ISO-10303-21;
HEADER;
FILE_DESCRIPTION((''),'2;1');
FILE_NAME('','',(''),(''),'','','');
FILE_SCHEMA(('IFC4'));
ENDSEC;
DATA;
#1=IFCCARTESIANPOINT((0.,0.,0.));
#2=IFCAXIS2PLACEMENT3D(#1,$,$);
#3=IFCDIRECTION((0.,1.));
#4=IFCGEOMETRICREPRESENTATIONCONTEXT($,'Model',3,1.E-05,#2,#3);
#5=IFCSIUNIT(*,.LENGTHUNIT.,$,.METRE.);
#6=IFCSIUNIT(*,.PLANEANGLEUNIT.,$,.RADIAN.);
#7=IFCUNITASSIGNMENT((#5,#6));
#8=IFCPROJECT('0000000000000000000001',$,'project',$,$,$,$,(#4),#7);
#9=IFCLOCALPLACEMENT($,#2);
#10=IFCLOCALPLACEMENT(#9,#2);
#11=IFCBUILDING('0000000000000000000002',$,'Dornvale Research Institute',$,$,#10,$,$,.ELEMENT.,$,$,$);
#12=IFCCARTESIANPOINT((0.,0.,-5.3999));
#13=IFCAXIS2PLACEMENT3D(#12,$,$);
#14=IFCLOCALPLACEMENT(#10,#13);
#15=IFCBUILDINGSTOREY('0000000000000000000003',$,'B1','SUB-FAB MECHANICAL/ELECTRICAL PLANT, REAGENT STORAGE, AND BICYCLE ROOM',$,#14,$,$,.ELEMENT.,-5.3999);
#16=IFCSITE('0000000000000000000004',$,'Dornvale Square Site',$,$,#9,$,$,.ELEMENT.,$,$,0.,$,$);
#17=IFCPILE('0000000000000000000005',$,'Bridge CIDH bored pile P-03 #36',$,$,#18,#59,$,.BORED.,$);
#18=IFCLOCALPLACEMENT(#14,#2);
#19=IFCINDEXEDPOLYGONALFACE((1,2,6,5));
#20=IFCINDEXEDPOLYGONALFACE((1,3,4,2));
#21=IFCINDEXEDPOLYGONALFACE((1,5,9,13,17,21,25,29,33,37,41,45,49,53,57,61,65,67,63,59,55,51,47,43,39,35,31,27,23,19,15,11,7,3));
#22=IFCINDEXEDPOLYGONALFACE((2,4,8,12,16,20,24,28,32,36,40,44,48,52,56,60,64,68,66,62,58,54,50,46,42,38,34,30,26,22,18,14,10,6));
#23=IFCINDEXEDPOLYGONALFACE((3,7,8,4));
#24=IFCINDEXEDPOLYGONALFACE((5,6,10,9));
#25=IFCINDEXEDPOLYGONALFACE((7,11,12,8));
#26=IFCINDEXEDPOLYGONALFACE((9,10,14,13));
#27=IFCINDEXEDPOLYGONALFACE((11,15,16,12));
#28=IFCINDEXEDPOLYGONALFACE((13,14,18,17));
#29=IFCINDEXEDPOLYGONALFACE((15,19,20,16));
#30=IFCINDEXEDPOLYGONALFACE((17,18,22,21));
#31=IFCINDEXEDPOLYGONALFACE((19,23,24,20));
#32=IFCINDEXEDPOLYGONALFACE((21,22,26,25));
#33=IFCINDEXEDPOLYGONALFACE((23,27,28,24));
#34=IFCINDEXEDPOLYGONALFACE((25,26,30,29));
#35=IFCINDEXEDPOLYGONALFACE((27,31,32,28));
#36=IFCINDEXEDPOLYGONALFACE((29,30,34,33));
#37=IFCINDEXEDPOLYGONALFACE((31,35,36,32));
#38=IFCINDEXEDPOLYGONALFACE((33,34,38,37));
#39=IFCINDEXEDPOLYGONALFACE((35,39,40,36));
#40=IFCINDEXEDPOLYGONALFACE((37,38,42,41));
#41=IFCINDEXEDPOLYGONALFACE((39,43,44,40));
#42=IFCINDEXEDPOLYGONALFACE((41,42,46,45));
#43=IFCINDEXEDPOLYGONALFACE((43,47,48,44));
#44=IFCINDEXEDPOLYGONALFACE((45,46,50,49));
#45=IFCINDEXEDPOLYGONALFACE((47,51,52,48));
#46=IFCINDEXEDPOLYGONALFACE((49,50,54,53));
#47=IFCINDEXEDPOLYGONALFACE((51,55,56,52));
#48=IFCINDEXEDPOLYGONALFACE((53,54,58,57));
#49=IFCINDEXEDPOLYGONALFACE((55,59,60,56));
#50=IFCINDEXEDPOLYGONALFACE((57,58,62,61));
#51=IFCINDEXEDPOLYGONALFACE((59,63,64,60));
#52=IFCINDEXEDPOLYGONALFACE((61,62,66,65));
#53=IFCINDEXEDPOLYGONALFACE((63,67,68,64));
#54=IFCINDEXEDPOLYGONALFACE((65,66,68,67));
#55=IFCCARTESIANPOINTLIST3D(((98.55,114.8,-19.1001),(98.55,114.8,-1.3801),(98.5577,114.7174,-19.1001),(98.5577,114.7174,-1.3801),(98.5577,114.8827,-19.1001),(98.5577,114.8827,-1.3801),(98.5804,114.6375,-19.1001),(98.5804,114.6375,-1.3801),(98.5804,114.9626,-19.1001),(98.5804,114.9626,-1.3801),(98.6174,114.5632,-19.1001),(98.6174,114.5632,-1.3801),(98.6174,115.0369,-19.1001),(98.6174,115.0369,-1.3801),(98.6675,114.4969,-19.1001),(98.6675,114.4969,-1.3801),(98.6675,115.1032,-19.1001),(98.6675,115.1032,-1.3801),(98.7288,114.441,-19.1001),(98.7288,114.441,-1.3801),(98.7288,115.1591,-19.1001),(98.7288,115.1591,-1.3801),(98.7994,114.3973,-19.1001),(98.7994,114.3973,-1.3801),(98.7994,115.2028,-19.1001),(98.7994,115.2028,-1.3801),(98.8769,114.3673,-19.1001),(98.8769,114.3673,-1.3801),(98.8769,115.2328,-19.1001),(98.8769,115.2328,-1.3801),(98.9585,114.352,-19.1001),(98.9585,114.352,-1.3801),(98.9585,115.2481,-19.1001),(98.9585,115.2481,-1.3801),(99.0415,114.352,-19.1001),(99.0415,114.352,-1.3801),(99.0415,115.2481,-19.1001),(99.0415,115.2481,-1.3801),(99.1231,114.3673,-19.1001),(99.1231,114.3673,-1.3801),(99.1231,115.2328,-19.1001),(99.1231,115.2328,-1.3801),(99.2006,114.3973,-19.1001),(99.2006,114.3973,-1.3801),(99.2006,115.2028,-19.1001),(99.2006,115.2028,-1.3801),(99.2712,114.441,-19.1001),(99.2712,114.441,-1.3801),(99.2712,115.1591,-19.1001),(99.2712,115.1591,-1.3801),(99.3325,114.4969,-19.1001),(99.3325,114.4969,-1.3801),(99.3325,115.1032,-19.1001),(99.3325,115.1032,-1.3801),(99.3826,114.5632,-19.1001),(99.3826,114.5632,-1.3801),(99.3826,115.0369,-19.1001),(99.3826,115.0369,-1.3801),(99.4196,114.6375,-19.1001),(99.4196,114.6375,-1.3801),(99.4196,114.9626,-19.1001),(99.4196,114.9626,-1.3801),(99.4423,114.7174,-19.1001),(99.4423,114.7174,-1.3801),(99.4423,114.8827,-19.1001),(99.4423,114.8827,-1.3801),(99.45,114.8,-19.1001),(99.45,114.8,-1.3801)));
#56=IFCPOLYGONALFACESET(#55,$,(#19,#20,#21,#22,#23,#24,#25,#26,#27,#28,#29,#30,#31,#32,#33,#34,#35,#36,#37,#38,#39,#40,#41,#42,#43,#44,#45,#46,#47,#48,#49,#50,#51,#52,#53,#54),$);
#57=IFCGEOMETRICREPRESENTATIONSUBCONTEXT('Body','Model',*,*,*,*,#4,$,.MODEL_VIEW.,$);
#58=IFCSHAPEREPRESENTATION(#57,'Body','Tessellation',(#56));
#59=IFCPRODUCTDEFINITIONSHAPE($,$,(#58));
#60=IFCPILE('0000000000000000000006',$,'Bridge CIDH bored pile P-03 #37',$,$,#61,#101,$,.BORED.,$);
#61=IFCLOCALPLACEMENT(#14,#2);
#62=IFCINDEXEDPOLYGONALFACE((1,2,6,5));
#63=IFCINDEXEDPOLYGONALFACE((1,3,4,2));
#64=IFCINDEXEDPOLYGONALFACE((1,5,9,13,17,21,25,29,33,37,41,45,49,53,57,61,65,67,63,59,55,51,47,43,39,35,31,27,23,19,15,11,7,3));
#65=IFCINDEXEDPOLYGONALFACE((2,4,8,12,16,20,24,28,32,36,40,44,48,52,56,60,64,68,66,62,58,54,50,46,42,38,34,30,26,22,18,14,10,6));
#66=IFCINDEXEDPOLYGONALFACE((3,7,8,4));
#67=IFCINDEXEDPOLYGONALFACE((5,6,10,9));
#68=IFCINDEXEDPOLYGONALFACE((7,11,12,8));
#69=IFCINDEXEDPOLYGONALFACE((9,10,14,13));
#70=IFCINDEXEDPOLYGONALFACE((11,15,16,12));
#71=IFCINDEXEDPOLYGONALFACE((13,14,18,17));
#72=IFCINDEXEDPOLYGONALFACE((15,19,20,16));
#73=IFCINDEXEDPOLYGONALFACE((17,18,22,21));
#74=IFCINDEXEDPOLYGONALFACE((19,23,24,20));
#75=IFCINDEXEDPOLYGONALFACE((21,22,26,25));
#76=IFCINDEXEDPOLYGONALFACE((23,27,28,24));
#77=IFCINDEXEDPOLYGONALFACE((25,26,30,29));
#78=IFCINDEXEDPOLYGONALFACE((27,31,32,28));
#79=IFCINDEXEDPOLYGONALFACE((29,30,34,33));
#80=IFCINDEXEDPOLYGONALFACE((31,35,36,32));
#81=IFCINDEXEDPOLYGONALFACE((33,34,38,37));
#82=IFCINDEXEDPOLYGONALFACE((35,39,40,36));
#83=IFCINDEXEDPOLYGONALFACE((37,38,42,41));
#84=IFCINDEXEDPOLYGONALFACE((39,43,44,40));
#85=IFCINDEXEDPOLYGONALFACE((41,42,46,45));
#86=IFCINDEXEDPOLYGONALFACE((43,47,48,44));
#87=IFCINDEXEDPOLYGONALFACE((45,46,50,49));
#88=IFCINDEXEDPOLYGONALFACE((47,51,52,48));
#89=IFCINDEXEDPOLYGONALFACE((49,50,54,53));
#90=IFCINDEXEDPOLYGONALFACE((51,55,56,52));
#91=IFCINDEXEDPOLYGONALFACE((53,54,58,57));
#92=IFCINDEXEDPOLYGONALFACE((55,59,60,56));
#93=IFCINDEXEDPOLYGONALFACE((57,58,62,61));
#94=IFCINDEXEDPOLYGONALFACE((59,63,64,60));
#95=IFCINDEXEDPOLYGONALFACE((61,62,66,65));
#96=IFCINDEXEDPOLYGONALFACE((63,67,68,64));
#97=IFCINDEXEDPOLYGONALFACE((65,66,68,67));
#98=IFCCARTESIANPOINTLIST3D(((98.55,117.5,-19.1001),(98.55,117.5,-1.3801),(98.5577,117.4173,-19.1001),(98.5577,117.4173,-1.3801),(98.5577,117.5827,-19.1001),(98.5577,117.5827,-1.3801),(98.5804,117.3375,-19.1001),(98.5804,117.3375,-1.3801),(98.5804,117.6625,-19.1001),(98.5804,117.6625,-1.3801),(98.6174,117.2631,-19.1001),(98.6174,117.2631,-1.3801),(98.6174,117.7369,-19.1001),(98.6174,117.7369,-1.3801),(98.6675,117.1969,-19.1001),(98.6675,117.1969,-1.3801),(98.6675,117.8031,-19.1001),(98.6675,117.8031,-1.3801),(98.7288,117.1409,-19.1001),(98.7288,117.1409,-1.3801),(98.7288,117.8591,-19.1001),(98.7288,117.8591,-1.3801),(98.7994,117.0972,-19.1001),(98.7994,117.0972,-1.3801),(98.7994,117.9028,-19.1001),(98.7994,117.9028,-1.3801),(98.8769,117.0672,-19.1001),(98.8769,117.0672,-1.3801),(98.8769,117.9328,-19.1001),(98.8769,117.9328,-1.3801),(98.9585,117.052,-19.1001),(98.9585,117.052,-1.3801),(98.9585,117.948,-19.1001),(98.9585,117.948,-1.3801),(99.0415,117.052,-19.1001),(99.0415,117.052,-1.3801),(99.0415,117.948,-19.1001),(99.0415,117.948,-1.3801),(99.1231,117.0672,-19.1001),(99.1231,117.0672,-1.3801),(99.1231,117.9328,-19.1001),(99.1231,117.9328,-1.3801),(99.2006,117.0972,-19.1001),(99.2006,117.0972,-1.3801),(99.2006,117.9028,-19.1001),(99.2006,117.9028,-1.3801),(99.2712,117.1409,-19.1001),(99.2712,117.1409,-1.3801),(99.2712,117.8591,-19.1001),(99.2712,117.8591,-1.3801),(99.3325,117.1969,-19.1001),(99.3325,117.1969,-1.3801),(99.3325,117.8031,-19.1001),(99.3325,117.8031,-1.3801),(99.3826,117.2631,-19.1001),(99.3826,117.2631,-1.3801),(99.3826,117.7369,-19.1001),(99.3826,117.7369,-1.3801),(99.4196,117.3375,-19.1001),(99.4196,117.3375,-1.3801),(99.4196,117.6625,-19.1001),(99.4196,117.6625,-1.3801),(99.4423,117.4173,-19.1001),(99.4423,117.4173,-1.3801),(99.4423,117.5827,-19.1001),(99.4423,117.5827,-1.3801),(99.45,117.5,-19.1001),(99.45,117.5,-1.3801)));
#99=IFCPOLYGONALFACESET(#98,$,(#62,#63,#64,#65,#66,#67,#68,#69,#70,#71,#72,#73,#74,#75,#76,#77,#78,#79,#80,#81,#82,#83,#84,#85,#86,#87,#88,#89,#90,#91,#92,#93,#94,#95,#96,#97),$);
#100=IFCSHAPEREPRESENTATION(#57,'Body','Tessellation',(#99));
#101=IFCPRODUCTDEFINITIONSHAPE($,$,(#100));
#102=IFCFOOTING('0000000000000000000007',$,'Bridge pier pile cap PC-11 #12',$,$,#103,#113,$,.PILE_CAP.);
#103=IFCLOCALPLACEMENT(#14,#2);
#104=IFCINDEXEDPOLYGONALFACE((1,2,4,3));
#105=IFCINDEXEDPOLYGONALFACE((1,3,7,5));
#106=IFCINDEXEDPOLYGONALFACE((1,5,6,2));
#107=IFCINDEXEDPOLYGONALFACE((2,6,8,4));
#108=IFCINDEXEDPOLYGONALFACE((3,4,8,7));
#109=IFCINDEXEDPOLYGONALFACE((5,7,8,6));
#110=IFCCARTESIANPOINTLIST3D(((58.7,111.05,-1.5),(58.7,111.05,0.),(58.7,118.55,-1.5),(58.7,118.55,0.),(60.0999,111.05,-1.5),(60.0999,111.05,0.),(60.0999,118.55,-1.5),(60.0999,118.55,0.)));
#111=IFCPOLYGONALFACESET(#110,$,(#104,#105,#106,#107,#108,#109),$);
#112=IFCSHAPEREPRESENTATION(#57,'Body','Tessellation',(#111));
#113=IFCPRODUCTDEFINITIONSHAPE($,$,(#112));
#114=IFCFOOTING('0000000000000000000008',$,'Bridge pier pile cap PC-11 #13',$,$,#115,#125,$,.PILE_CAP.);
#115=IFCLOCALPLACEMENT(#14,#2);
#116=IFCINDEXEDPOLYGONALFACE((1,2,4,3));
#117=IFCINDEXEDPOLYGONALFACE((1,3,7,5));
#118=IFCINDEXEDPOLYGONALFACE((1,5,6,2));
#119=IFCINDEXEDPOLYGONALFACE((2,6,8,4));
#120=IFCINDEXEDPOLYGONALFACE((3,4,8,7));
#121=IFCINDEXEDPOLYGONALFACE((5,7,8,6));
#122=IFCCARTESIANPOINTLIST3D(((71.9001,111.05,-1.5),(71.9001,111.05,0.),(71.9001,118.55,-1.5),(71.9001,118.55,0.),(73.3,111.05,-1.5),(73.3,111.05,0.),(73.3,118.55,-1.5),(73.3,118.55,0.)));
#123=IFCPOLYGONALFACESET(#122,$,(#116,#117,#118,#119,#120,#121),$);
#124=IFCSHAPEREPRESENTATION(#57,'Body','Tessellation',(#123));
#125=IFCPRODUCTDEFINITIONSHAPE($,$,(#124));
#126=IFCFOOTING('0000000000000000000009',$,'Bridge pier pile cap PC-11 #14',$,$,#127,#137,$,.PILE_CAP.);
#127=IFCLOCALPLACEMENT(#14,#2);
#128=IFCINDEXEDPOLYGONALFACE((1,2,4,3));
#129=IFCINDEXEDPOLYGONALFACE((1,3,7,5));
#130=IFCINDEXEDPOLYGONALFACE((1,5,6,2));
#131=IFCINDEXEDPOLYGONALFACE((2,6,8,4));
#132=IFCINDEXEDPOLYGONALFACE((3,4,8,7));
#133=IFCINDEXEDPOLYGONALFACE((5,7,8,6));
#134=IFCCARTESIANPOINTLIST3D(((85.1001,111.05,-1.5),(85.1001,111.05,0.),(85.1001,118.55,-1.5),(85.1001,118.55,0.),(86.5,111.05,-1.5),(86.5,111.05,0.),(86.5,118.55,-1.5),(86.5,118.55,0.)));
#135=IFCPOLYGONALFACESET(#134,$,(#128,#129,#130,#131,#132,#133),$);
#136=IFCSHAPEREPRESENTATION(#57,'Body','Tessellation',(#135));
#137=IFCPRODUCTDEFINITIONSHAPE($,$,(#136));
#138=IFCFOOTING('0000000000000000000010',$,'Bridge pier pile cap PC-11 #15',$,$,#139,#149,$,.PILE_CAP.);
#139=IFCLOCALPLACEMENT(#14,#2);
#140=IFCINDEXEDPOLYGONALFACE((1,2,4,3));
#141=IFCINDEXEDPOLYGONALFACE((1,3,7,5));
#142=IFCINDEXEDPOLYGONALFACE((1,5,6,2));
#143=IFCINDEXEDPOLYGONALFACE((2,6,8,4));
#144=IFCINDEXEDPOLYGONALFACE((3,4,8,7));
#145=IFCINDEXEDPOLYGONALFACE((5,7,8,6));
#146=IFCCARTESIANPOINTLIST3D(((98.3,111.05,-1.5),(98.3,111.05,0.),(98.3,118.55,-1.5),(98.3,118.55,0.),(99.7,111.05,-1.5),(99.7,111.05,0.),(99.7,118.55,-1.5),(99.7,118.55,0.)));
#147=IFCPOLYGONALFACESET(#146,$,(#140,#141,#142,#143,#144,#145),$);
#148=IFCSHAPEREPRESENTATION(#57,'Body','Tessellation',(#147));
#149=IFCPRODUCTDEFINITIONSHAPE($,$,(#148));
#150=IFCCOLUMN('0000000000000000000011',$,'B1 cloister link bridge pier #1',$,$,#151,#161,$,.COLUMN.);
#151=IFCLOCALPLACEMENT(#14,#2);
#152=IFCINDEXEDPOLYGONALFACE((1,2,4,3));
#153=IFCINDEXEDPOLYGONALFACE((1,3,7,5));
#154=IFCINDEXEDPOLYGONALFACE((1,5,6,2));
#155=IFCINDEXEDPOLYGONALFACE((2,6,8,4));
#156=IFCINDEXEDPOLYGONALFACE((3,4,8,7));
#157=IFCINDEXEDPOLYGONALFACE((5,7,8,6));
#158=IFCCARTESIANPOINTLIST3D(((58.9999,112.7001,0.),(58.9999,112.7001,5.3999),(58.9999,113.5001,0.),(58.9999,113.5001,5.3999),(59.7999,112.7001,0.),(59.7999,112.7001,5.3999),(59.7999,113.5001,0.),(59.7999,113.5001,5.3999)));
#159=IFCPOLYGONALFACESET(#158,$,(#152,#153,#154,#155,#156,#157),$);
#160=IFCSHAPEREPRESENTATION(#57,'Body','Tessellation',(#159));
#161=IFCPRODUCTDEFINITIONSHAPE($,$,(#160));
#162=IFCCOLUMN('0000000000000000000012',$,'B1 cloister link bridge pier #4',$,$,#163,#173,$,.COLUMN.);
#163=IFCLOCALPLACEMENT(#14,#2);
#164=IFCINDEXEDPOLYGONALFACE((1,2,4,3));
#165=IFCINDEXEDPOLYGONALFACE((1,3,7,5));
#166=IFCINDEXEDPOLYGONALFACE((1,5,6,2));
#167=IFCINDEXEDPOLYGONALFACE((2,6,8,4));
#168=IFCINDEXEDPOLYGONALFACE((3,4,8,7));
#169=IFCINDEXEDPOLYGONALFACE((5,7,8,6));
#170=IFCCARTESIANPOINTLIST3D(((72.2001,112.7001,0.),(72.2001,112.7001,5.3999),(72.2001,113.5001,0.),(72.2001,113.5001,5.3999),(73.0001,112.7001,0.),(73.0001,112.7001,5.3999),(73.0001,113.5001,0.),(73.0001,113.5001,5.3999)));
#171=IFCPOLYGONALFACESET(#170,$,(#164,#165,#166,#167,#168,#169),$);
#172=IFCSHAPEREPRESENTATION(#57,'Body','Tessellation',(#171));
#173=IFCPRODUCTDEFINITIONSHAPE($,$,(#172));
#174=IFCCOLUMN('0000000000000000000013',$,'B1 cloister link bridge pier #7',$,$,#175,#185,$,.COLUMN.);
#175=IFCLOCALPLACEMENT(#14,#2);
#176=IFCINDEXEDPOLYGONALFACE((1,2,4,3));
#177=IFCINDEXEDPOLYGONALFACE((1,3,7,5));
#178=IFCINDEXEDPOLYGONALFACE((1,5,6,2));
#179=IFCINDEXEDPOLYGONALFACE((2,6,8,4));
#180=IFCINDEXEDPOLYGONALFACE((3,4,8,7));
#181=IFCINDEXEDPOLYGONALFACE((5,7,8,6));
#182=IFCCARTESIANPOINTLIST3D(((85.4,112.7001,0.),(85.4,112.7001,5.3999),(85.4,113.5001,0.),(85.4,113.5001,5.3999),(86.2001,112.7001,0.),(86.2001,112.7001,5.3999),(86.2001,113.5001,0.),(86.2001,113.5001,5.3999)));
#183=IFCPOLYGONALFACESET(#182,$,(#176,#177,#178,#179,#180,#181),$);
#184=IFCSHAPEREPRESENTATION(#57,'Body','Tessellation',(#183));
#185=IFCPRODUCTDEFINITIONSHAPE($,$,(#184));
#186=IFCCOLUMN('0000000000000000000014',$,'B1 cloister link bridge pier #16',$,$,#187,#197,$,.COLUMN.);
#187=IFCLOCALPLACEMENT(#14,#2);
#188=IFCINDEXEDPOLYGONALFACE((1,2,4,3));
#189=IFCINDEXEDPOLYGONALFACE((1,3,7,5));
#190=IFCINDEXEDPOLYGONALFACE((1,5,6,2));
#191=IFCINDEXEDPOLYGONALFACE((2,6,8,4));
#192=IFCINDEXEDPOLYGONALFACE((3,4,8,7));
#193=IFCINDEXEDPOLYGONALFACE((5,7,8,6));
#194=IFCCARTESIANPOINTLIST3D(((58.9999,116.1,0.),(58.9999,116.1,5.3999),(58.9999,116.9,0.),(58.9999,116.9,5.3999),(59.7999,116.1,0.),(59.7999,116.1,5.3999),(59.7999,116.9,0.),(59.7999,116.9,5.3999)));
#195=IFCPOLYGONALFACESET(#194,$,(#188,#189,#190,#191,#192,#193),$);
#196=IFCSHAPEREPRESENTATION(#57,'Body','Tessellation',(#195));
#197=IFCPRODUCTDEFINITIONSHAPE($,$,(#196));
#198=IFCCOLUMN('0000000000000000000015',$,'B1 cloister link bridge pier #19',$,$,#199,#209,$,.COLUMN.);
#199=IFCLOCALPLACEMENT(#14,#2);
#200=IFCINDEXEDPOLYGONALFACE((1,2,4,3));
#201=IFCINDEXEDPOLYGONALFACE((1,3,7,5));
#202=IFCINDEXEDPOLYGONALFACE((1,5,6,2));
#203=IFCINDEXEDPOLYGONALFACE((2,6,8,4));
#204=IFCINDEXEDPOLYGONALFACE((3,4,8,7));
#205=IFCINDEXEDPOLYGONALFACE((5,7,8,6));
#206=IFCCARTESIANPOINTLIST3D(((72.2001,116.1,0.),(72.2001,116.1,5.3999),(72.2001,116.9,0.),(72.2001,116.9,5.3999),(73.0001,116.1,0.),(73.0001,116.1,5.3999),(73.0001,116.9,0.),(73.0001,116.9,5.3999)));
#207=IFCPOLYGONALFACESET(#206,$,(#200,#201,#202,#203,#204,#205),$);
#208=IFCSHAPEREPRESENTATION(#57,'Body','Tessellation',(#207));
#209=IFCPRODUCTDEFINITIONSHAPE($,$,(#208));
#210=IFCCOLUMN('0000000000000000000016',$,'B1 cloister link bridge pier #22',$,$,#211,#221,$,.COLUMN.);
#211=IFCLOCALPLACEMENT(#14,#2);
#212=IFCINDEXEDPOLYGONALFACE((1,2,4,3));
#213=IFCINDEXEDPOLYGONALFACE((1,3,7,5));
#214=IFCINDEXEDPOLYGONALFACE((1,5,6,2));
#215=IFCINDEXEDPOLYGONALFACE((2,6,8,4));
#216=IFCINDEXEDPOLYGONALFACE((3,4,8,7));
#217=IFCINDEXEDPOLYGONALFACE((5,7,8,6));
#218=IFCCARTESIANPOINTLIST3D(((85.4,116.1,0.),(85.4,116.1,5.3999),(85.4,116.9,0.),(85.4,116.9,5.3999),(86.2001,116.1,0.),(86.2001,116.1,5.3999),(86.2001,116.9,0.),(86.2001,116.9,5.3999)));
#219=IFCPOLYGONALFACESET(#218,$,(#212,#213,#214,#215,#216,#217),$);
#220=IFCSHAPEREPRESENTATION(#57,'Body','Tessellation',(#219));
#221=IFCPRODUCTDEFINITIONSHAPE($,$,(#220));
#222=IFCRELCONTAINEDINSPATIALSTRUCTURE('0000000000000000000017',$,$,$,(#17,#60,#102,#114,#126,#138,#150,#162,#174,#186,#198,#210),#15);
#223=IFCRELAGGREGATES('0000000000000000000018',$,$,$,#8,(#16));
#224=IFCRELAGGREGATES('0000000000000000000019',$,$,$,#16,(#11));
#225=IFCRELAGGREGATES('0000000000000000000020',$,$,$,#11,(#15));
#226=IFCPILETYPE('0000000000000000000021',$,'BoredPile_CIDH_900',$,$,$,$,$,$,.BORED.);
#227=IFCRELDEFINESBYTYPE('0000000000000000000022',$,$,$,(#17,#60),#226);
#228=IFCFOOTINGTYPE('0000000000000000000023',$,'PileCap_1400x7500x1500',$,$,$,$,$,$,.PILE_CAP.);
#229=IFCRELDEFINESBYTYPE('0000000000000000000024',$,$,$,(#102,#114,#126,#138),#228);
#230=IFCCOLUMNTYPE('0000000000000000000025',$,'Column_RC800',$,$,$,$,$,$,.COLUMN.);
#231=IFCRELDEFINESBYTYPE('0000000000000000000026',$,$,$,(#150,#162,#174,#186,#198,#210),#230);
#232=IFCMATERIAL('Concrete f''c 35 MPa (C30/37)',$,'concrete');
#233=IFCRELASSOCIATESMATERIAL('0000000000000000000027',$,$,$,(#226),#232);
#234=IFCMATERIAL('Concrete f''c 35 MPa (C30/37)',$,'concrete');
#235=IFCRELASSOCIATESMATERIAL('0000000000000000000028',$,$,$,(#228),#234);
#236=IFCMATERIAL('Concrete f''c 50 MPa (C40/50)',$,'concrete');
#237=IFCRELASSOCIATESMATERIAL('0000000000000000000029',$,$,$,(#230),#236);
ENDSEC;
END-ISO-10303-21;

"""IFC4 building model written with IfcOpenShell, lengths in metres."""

from ifc_helpers import new_model, si_unit, direction, frame, origin, origin_2d, place, context, subcontext, project, spatial, rectangle, circle, extrude, material, material_profile, profile_set, type_object, element, save


model = new_model("IFC4")

# Units and contexts
model_context = context("Model", 3, precision=1e-05, world=origin(), true_north=direction((0.0, 1.0)))
body_context = subcontext(model_context, "Body", "Model", "MODEL_VIEW")
ifc_project = project(units=[si_unit("LENGTHUNIT", "METRE"), si_unit("PLANEANGLEUNIT", "RADIAN")], contexts=[model_context])

# Site, building, storey
site_placement = place(None, origin())
site = spatial("IfcSite", under=ifc_project, at=site_placement, Name="Dornvale Square Site", CompositionType="ELEMENT", RefElevation=0.0)
building_placement = place(site_placement, origin())
building = spatial("IfcBuilding", under=site, at=building_placement, Name="Dornvale Research Institute", CompositionType="ELEMENT")
storey_placement = place(building_placement, frame((0.0, 0.0, -5.3999)))
storey = spatial("IfcBuildingStorey", under=building, at=storey_placement, Name="B1", Description="SUB-FAB MECHANICAL/ELECTRICAL PLANT, REAGENT STORAGE, AND BICYCLE ROOM", CompositionType="ELEMENT", Elevation=-5.3999)

# Piles
ifc_material_1 = material(Name="Concrete f'c 35 MPa (C30/37)", Category="concrete")
ifc_material_profile_1 = material_profile(ifc_material_1, circle(Radius=0.45, at=origin_2d()), Name="CIDH PILE D900")
ifc_profile_set_1 = profile_set([ifc_material_profile_1], Name="Concrete f'c 35 MPa (C30/37)")
pile_type = type_object("IfcPileType", Name="BoredPile_CIDH_900", PredefinedType="BORED", material=ifc_profile_set_1)
for number, where, z_axis, x_axis, name in (
    (1, (99.0, 114.8, -1.3801), (0.0, 0.0, -1.0), (1.0, 0.0, 0.0), "Bridge CIDH bored pile P-03 #36"),
    (2, (99.0, 117.5, -1.3801), (0.0, 0.0, -1.0), (1.0, 0.0, 0.0), "Bridge CIDH bored pile P-03 #37"),
):
    element("IfcPile", number, at=place(storey_placement, frame(where, z_axis=z_axis, x_axis=x_axis)), inside=storey, type_object=pile_type, Name=name, PredefinedType="BORED", context=body_context, shape_type="SweptSolid", body=[
        extrude(circle(Radius=0.45, at=origin_2d()), origin(), (0.0, 0.0, 1.0), 17.72),
    ])

# Footings
ifc_material_2 = material(Name="Concrete f'c 35 MPa (C30/37)", Category="concrete")
footing_type = type_object("IfcFootingType", Name="PileCap_1400x7500x1500", PredefinedType="PILE_CAP", material=ifc_material_2)
for number, where, z_axis, x_axis, name in (
    (3, (59.3999, 114.8, -1.5), (0.0, 0.0, 1.0), (1.0, 0.0, 0.0), "Bridge pier pile cap PC-11 #12"),
    (4, (72.6001, 114.8, -1.5), (0.0, 0.0, 1.0), (1.0, 0.0, 0.0), "Bridge pier pile cap PC-11 #13"),
    (5, (85.8, 114.8, -1.5), (0.0, 0.0, 1.0), (1.0, 0.0, 0.0), "Bridge pier pile cap PC-11 #14"),
    (6, (99.0, 114.8, -1.5), (0.0, 0.0, 1.0), (1.0, 0.0, 0.0), "Bridge pier pile cap PC-11 #15"),
):
    element("IfcFooting", number, at=place(storey_placement, frame(where, z_axis=z_axis, x_axis=x_axis)), inside=storey, type_object=footing_type, Name=name, PredefinedType="PILE_CAP", context=body_context, shape_type="SweptSolid", body=[
        extrude(rectangle(XDim=1.3999, YDim=7.5, at=origin_2d()), origin(), (0.0, 0.0, 1.0), 1.5),
    ])

# Columns
ifc_material_3 = material(Name="Concrete f'c 50 MPa (C40/50)", Category="concrete")
ifc_material_profile_2 = material_profile(ifc_material_3, rectangle(XDim=0.8, YDim=0.8, at=origin_2d()), Name="RC 800x800")
ifc_profile_set_2 = profile_set([ifc_material_profile_2], Name="Concrete f'c 50 MPa (C40/50)")
column_type = type_object("IfcColumnType", Name="Column_RC800", PredefinedType="COLUMN", material=ifc_profile_set_2)
for number, where, z_axis, x_axis, name in (
    (7, (59.3999, 113.1001, 0.0), (0.0, 0.0, 1.0), (1.0, 0.0, 0.0), "B1 cloister link bridge pier #1"),
    (8, (72.6001, 113.1001, 0.0), (0.0, 0.0, 1.0), (1.0, 0.0, 0.0), "B1 cloister link bridge pier #4"),
    (9, (85.8, 113.1001, 0.0), (0.0, 0.0, 1.0), (1.0, 0.0, 0.0), "B1 cloister link bridge pier #7"),
    (10, (59.3999, 116.5, 0.0), (0.0, 0.0, 1.0), (1.0, 0.0, 0.0), "B1 cloister link bridge pier #16"),
    (11, (72.6001, 116.5, 0.0), (0.0, 0.0, 1.0), (1.0, 0.0, 0.0), "B1 cloister link bridge pier #19"),
    (12, (85.8, 116.5, 0.0), (0.0, 0.0, 1.0), (1.0, 0.0, 0.0), "B1 cloister link bridge pier #22"),
):
    element("IfcColumn", number, at=place(storey_placement, frame(where, z_axis=z_axis, x_axis=x_axis)), inside=storey, type_object=column_type, Name=name, PredefinedType="COLUMN", context=body_context, shape_type="SweptSolid", body=[
        extrude(rectangle(XDim=0.8, YDim=0.8, at=origin_2d()), origin(), (0.0, 0.0, 1.0), 5.3999),
    ])

save(model, "model.ifc")
